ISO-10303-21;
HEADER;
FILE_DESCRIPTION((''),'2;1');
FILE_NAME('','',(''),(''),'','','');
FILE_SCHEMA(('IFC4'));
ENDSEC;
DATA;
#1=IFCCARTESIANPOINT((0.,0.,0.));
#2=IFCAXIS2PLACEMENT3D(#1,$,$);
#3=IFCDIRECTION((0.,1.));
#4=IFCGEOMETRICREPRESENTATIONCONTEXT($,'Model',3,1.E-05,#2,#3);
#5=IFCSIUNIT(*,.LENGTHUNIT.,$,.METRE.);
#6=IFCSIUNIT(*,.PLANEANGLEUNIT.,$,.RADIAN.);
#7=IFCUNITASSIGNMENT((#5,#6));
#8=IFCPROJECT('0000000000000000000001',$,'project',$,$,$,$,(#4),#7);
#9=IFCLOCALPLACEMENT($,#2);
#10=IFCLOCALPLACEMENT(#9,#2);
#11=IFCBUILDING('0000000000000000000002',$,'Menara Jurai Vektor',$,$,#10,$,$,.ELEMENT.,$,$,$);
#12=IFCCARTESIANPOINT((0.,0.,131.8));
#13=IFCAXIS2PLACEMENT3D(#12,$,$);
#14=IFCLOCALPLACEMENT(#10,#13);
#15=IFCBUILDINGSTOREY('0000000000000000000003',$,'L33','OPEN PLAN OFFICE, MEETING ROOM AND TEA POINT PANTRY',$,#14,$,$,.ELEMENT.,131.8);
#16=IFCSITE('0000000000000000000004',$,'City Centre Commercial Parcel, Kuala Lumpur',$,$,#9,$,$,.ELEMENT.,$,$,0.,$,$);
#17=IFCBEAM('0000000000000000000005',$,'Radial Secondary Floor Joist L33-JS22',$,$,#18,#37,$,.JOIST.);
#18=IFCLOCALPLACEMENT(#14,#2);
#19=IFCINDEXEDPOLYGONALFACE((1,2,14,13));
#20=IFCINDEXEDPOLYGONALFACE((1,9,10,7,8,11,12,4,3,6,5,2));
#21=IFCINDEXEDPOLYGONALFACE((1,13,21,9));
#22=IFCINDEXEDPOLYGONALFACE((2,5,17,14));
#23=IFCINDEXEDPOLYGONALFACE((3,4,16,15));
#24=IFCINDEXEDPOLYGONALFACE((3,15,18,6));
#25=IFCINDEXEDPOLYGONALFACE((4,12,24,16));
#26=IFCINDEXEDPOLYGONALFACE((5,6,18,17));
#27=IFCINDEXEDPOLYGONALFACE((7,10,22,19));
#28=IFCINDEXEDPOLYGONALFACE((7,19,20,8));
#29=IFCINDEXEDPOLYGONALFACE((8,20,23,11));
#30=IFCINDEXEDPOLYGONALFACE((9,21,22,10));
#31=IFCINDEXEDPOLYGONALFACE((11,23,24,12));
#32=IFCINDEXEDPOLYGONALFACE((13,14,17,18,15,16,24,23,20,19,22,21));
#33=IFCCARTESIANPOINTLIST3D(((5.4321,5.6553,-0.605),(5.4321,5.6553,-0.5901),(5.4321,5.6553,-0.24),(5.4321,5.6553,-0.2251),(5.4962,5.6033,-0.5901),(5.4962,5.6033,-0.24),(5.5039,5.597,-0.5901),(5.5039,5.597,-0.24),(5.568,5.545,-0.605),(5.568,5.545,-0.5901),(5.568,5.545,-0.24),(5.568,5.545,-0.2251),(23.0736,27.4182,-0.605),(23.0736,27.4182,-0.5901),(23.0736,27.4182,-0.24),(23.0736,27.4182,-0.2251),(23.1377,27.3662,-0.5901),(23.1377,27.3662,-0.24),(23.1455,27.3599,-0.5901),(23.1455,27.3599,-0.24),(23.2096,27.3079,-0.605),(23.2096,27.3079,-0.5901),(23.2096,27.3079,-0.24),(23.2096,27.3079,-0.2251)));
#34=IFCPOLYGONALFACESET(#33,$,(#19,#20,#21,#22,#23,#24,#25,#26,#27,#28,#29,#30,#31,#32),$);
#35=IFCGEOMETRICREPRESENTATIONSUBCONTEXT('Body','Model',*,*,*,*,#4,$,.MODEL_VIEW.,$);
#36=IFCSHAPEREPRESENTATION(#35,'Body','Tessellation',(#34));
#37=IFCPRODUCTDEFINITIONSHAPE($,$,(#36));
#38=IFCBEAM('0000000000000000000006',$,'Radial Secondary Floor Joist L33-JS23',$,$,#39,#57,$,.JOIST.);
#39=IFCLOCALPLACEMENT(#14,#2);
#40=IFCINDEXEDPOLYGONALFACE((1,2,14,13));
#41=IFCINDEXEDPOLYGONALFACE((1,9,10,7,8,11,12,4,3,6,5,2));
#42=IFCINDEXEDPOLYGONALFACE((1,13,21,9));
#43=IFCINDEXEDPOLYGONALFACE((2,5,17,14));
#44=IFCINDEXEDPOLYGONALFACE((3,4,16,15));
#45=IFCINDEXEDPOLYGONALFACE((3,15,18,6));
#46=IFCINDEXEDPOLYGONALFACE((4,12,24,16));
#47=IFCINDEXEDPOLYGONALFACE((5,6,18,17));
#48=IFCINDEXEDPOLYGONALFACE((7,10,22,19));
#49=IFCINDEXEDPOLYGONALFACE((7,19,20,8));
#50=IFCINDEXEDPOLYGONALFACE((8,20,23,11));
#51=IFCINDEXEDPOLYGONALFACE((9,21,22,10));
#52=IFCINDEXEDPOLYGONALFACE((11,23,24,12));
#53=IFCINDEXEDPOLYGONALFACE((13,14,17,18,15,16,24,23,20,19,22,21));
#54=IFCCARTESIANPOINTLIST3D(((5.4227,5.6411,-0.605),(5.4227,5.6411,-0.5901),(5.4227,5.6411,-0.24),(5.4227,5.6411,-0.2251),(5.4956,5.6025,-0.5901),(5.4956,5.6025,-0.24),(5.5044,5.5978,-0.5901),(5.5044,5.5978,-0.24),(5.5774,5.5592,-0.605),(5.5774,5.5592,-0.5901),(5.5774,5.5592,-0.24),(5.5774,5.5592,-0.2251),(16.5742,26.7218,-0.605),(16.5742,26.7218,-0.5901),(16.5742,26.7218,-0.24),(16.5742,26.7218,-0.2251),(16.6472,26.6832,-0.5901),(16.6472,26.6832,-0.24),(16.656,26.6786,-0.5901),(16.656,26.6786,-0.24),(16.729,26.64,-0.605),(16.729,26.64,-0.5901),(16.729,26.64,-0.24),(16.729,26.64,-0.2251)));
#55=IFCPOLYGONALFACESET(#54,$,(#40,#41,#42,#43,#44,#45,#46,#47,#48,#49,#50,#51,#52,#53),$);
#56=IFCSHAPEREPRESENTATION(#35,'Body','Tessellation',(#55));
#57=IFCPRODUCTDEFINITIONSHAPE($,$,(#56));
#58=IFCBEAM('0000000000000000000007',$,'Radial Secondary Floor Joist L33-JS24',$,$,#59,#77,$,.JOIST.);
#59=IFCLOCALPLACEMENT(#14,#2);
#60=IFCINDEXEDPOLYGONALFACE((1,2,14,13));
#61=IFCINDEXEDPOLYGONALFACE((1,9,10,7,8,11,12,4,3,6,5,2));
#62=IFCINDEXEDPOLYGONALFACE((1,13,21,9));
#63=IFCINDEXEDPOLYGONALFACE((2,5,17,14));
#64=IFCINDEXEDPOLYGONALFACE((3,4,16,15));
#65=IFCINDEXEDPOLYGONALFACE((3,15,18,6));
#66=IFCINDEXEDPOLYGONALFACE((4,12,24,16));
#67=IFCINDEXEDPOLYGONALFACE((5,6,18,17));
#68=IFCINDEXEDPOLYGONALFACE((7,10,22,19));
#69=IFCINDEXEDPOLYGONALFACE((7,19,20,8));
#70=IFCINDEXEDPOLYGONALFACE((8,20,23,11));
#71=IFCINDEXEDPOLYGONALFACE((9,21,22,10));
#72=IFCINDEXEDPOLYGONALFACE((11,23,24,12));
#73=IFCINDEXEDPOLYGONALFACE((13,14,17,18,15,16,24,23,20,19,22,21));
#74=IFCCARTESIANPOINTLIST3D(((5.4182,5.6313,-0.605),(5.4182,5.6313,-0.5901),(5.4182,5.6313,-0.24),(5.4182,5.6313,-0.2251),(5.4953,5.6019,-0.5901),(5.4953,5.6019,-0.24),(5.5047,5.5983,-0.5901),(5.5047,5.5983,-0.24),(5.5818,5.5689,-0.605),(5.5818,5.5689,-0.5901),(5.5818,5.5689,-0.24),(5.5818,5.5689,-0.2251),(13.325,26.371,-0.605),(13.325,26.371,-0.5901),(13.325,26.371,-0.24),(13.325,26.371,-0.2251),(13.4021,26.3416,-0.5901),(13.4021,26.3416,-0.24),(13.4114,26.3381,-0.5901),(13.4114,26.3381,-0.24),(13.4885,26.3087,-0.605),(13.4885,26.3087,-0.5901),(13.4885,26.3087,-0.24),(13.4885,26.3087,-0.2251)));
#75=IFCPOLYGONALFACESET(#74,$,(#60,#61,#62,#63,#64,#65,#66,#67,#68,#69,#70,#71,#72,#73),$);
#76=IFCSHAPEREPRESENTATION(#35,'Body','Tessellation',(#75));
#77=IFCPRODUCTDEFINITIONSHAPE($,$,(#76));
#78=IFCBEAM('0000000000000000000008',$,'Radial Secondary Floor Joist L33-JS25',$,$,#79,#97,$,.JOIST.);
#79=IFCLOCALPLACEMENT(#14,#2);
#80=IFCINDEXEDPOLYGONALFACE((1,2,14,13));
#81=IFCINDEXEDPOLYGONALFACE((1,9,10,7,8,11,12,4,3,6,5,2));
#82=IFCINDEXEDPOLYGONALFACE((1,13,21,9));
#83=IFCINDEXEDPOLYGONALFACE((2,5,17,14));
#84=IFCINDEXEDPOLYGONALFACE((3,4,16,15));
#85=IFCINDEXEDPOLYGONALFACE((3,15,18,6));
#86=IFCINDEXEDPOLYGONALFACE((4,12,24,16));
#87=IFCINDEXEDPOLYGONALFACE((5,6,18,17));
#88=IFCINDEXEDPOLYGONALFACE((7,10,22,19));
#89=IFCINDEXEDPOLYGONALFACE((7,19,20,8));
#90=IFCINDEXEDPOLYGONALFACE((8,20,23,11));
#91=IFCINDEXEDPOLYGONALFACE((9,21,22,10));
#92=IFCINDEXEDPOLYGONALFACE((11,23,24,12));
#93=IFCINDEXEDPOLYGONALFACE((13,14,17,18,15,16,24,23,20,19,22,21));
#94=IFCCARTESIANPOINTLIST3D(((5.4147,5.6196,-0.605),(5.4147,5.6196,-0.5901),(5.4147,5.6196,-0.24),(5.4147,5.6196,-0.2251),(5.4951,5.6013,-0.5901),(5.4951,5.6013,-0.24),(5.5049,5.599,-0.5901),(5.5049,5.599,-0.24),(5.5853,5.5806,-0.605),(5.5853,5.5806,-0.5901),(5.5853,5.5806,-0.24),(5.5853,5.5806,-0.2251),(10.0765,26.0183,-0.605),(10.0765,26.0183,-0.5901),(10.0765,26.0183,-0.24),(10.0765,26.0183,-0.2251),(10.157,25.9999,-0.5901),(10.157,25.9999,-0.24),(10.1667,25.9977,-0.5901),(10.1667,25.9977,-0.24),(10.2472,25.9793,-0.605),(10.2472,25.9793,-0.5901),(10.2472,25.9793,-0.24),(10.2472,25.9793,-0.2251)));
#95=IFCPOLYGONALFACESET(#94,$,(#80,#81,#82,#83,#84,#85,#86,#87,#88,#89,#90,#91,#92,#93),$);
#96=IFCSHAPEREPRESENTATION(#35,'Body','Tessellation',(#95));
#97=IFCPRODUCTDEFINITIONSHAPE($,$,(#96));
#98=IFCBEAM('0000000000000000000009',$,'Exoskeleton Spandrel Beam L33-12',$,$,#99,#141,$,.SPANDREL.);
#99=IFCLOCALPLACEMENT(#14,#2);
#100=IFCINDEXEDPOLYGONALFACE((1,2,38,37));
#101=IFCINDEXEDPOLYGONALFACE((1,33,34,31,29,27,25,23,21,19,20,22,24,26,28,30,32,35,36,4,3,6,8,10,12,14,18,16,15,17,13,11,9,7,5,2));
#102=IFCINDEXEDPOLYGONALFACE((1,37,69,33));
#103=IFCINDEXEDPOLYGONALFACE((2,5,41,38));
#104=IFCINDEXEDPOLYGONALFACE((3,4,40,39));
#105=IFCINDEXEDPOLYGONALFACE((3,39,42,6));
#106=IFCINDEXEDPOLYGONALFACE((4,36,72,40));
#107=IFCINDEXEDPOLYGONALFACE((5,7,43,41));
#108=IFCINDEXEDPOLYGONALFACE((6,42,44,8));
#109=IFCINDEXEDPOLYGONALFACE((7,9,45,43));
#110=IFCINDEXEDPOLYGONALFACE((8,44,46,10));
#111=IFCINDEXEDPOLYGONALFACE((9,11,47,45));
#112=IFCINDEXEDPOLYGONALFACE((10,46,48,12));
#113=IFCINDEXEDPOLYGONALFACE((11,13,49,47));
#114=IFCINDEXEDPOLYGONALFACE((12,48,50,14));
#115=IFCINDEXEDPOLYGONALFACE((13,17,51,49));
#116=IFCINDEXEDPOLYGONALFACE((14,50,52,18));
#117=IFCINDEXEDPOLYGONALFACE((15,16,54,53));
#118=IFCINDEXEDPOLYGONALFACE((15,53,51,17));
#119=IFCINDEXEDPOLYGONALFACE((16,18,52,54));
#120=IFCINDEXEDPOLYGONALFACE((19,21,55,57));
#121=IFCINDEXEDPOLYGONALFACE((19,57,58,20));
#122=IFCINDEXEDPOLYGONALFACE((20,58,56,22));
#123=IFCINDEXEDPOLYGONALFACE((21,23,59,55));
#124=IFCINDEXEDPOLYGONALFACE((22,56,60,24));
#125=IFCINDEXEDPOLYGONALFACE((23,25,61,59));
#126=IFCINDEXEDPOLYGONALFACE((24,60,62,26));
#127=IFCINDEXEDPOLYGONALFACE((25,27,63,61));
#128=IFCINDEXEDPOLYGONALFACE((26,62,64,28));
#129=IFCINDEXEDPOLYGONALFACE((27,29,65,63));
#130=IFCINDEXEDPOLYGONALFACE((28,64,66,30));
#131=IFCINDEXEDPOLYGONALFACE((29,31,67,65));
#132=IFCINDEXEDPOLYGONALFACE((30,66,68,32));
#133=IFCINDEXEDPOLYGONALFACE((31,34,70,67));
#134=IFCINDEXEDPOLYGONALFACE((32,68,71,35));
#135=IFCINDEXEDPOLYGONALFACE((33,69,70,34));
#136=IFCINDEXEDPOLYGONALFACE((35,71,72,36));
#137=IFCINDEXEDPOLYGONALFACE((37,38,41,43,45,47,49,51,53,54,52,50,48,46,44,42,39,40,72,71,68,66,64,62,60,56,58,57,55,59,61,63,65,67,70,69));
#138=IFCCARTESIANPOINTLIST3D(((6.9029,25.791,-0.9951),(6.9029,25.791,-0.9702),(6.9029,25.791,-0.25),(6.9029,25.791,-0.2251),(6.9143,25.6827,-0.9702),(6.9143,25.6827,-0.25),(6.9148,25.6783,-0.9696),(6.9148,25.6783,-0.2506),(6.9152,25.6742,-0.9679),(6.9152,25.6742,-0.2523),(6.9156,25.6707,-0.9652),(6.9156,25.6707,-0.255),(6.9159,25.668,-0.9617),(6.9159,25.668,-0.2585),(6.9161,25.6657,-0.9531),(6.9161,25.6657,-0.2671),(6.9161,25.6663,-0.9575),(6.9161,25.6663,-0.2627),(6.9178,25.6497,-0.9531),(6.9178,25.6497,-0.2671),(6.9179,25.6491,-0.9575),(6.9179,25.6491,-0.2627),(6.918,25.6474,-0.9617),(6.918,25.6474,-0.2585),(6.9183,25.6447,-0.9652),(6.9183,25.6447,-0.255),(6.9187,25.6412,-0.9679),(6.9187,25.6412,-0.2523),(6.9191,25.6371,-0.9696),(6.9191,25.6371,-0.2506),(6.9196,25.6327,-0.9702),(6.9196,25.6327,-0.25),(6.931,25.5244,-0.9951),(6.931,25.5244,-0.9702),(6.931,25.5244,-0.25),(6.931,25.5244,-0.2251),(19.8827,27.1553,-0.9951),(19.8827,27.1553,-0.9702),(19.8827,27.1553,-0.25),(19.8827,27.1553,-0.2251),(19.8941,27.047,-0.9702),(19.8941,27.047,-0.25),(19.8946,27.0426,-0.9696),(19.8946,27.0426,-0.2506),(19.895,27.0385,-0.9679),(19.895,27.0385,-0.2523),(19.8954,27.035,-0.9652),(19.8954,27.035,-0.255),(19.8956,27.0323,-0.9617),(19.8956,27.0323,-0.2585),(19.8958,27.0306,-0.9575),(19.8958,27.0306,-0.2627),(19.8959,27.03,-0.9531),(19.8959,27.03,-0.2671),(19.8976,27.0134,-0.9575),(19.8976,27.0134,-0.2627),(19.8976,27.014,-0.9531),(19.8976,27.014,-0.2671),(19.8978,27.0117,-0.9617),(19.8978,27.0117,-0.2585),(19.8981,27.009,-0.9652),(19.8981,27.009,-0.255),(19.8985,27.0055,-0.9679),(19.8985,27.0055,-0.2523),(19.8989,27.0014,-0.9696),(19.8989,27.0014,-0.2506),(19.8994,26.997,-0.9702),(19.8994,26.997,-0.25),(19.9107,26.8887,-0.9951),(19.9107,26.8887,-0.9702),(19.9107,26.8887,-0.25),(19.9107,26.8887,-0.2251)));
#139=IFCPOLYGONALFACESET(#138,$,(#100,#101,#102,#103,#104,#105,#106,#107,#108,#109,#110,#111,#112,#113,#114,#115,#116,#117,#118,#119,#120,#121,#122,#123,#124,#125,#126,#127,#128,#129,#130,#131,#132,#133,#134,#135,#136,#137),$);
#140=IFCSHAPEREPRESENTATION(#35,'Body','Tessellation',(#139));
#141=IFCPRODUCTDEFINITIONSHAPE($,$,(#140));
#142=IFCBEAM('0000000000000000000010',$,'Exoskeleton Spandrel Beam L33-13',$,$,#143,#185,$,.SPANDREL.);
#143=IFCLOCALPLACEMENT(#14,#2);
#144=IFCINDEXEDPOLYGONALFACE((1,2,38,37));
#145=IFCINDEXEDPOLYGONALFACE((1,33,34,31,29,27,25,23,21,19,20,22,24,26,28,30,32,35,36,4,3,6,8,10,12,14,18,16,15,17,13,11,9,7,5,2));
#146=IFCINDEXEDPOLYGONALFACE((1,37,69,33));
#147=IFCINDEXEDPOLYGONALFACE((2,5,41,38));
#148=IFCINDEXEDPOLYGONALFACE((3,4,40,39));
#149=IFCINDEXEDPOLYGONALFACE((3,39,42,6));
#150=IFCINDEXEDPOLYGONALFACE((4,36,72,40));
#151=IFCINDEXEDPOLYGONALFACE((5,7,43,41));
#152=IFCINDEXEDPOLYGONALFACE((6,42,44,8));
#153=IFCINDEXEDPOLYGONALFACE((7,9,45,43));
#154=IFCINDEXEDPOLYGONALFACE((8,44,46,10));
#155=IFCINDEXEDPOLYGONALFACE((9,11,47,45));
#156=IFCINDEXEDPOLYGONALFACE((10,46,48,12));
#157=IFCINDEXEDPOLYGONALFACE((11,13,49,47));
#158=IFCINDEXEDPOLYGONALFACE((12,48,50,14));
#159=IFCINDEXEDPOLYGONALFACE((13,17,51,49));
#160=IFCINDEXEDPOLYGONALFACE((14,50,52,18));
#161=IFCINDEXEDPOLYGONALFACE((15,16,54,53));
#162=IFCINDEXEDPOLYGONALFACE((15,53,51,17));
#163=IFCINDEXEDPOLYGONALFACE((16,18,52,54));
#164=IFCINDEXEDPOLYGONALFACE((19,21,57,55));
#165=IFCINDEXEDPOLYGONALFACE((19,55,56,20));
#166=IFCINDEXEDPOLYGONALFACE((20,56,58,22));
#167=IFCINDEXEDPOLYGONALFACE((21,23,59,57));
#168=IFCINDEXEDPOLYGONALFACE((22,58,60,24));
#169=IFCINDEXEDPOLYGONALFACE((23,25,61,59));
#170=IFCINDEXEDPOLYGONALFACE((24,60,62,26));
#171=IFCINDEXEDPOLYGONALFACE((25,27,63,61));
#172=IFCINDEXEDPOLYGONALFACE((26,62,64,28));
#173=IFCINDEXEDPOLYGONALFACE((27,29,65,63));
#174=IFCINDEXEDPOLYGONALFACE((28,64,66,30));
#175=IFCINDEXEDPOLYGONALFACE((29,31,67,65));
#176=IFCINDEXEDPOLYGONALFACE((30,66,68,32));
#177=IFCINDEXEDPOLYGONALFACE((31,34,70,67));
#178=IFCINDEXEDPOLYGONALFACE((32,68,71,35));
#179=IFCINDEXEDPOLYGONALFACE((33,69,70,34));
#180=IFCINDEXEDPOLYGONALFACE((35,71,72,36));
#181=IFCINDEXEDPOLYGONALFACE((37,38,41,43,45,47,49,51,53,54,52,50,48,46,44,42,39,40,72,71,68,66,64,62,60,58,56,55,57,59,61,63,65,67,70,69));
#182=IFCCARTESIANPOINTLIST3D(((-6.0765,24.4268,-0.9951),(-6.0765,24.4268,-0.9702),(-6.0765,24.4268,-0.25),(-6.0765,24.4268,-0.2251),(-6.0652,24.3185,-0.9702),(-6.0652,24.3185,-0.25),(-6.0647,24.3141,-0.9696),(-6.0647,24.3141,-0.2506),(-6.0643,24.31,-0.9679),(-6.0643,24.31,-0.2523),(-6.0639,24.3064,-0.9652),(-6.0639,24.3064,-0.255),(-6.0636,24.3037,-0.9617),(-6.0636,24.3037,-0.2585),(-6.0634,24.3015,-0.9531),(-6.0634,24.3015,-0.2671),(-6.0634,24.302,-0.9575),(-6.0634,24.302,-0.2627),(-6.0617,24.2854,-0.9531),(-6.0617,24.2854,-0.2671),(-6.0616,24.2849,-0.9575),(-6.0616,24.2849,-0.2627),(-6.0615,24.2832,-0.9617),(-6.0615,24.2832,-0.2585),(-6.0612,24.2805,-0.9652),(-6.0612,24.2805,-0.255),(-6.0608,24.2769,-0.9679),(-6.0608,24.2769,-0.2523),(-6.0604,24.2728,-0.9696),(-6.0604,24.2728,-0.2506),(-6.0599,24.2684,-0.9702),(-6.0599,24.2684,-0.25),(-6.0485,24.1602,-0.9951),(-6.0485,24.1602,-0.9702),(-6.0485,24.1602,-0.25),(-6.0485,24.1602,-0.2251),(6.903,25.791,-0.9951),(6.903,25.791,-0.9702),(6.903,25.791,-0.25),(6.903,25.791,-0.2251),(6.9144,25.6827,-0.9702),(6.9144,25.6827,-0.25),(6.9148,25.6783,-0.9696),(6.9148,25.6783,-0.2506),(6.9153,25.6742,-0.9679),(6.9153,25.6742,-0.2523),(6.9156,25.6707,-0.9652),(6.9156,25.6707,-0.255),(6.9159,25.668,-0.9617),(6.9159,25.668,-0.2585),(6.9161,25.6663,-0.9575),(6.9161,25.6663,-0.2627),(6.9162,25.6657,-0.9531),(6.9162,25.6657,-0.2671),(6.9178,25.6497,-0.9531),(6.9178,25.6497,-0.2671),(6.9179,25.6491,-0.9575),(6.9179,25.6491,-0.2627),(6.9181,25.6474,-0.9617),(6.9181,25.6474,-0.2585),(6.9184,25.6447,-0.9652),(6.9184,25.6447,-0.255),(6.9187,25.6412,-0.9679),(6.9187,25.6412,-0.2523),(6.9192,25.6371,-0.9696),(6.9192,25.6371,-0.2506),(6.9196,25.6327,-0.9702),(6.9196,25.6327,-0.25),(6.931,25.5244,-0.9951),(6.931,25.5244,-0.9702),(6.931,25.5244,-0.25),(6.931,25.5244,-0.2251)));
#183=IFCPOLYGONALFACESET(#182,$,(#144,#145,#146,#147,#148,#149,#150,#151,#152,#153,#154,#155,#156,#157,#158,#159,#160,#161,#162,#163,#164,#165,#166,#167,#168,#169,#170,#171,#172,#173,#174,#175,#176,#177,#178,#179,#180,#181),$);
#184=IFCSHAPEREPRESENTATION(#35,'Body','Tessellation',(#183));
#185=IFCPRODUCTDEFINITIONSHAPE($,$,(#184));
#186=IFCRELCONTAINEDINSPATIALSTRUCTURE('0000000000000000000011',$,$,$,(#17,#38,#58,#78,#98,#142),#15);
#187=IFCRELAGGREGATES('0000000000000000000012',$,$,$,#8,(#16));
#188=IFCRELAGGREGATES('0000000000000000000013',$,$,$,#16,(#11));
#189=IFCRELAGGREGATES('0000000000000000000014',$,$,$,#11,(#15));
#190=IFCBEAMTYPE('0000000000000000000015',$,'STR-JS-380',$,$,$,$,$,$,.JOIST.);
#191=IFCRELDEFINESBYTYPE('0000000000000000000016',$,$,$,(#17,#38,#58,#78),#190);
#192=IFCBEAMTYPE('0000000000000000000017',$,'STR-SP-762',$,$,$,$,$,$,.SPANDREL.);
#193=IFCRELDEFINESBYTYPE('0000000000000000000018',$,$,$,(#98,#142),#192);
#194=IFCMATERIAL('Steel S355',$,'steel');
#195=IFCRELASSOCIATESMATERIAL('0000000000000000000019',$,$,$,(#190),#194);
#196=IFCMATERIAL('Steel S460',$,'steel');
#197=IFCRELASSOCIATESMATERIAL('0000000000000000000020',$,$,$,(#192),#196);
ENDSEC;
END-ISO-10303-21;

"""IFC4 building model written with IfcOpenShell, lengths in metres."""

from ifc_helpers import new_model, si_unit, direction, frame, origin, origin_2d, place, context, subcontext, project, spatial, i_section, extrude, material, material_profile, profile_set, type_object, element, save


model = new_model("IFC4")

# Units and contexts
model_context = context("Model", 3, precision=1e-05, world=origin(), true_north=direction((0.0, 1.0)))
body_context = subcontext(model_context, "Body", "Model", "MODEL_VIEW")
ifc_project = project(units=[si_unit("LENGTHUNIT", "METRE"), si_unit("PLANEANGLEUNIT", "RADIAN")], contexts=[model_context])

# Site, building, storey
site_placement = place(None, origin())
site = spatial("IfcSite", under=ifc_project, at=site_placement, Name="City Centre Commercial Parcel, Kuala Lumpur", CompositionType="ELEMENT", RefElevation=0.0)
building_placement = place(site_placement, origin())
building = spatial("IfcBuilding", under=site, at=building_placement, Name="Menara Jurai Vektor", CompositionType="ELEMENT")
storey_placement = place(building_placement, frame((0.0, 0.0, 131.8)))
storey = spatial("IfcBuildingStorey", under=building, at=storey_placement, Name="L33", Description="OPEN PLAN OFFICE, MEETING ROOM AND TEA POINT PANTRY", CompositionType="ELEMENT", Elevation=131.8)

# Shared definitions
ifc_material_1 = material(Name="Steel S460", Category="steel")

# Beams
ifc_material_2 = material(Name="Steel S355", Category="steel")
ifc_material_profile_1 = material_profile(ifc_material_2, i_section(OverallWidth=0.175, OverallDepth=0.3799, WebThickness=0.01, FlangeThickness=0.0149, at=origin_2d()), Name="PG 380x175x58")
ifc_profile_set_1 = profile_set([ifc_material_profile_1], Name="Steel S355")
beam_type_1 = type_object("IfcBeamType", Name="STR-JS-380", PredefinedType="JOIST", material=ifc_profile_set_1)
beam_1_placement = place(storey_placement, frame((23.1416, 27.363, -0.415), z_axis=(-0.629715, -0.776826, 0.0), x_axis=(0.776826, -0.629715, 0.0)))
element("IfcBeam", 1, at=beam_1_placement, inside=storey, type_object=beam_type_1, Name="Radial Secondary Floor Joist L33-JS22", PredefinedType="JOIST", context=body_context, shape_type="SweptSolid", body=[
    extrude(i_section(OverallWidth=0.175, OverallDepth=0.3799, WebThickness=0.01, FlangeThickness=0.0149, at=origin_2d()), origin(), (0.0, 0.0, 1.0), 28.0151),
])
beam_2_placement = place(storey_placement, frame((16.6516, 26.6809, -0.415), z_axis=(-0.467599, -0.883941, 0.0), x_axis=(0.883941, -0.467599, 0.0)))
element("IfcBeam", 2, at=beam_2_placement, inside=storey, type_object=beam_type_1, Name="Radial Secondary Floor Joist L33-JS23", PredefinedType="JOIST", context=body_context, shape_type="SweptSolid", body=[
    extrude(i_section(OverallWidth=0.175, OverallDepth=0.3799, WebThickness=0.01, FlangeThickness=0.0149, at=origin_2d()), origin(), (0.0, 0.0, 1.0), 23.8486),
])
beam_3_placement = place(storey_placement, frame((13.4067, 26.3398, -0.415), z_axis=(-0.356227, -0.9344, 0.0), x_axis=(0.9344, -0.356227, 0.0)))
element("IfcBeam", 3, at=beam_3_placement, inside=storey, type_object=beam_type_1, Name="Radial Secondary Floor Joist L33-JS24", PredefinedType="JOIST", context=body_context, shape_type="SweptSolid", body=[
    extrude(i_section(OverallWidth=0.175, OverallDepth=0.3799, WebThickness=0.01, FlangeThickness=0.0149, at=origin_2d()), origin(), (0.0, 0.0, 1.0), 22.1958),
])
beam_4_placement = place(storey_placement, frame((10.1619, 25.9988, -0.415), z_axis=(-0.222793, -0.974866, 0.0), x_axis=(0.974866, -0.222793, 0.0)))
element("IfcBeam", 4, at=beam_4_placement, inside=storey, type_object=beam_type_1, Name="Radial Secondary Floor Joist L33-JS25", PredefinedType="JOIST", context=body_context, shape_type="SweptSolid", body=[
    extrude(i_section(OverallWidth=0.175, OverallDepth=0.3799, WebThickness=0.01, FlangeThickness=0.0149, at=origin_2d()), origin(), (0.0, 0.0, 1.0), 20.9246),
])
ifc_material_profile_2 = material_profile(ifc_material_1, i_section(OverallWidth=0.2681, OverallDepth=0.77, WebThickness=0.0161, FlangeThickness=0.0249, FilletRadius=0.0171, at=origin_2d()), Name="UKB 762x267x197")
ifc_profile_set_2 = profile_set([ifc_material_profile_2], Name="Steel S460")
beam_type_2 = type_object("IfcBeamType", Name="STR-SP-762", PredefinedType="SPANDREL", material=ifc_profile_set_2)
beam_5_placement = place(storey_placement, frame((19.8967, 27.022, -0.6101), z_axis=(-0.994522, -0.104531, 0.0), x_axis=(0.104531, -0.994522, 0.0)))
element("IfcBeam", 5, at=beam_5_placement, inside=storey, type_object=beam_type_2, Name="Exoskeleton Spandrel Beam L33-12", PredefinedType="SPANDREL", context=body_context, shape_type="SweptSolid", body=[
    extrude(i_section(OverallWidth=0.2681, OverallDepth=0.77, WebThickness=0.0161, FlangeThickness=0.0249, FilletRadius=0.0171, at=origin_2d()), origin(), (0.0, 0.0, 1.0), 13.0513),
])
beam_6_placement = place(storey_placement, frame((6.917, 25.6577, -0.6101), z_axis=(-0.994521, -0.104533, 0.0), x_axis=(0.104533, -0.994521, 0.0)))
element("IfcBeam", 6, at=beam_6_placement, inside=storey, type_object=beam_type_2, Name="Exoskeleton Spandrel Beam L33-13", PredefinedType="SPANDREL", context=body_context, shape_type="SweptSolid", body=[
    extrude(i_section(OverallWidth=0.2681, OverallDepth=0.77, WebThickness=0.0161, FlangeThickness=0.0249, FilletRadius=0.0171, at=origin_2d()), origin(), (0.0, 0.0, 1.0), 13.051),
])

save(model, "model.ifc")
